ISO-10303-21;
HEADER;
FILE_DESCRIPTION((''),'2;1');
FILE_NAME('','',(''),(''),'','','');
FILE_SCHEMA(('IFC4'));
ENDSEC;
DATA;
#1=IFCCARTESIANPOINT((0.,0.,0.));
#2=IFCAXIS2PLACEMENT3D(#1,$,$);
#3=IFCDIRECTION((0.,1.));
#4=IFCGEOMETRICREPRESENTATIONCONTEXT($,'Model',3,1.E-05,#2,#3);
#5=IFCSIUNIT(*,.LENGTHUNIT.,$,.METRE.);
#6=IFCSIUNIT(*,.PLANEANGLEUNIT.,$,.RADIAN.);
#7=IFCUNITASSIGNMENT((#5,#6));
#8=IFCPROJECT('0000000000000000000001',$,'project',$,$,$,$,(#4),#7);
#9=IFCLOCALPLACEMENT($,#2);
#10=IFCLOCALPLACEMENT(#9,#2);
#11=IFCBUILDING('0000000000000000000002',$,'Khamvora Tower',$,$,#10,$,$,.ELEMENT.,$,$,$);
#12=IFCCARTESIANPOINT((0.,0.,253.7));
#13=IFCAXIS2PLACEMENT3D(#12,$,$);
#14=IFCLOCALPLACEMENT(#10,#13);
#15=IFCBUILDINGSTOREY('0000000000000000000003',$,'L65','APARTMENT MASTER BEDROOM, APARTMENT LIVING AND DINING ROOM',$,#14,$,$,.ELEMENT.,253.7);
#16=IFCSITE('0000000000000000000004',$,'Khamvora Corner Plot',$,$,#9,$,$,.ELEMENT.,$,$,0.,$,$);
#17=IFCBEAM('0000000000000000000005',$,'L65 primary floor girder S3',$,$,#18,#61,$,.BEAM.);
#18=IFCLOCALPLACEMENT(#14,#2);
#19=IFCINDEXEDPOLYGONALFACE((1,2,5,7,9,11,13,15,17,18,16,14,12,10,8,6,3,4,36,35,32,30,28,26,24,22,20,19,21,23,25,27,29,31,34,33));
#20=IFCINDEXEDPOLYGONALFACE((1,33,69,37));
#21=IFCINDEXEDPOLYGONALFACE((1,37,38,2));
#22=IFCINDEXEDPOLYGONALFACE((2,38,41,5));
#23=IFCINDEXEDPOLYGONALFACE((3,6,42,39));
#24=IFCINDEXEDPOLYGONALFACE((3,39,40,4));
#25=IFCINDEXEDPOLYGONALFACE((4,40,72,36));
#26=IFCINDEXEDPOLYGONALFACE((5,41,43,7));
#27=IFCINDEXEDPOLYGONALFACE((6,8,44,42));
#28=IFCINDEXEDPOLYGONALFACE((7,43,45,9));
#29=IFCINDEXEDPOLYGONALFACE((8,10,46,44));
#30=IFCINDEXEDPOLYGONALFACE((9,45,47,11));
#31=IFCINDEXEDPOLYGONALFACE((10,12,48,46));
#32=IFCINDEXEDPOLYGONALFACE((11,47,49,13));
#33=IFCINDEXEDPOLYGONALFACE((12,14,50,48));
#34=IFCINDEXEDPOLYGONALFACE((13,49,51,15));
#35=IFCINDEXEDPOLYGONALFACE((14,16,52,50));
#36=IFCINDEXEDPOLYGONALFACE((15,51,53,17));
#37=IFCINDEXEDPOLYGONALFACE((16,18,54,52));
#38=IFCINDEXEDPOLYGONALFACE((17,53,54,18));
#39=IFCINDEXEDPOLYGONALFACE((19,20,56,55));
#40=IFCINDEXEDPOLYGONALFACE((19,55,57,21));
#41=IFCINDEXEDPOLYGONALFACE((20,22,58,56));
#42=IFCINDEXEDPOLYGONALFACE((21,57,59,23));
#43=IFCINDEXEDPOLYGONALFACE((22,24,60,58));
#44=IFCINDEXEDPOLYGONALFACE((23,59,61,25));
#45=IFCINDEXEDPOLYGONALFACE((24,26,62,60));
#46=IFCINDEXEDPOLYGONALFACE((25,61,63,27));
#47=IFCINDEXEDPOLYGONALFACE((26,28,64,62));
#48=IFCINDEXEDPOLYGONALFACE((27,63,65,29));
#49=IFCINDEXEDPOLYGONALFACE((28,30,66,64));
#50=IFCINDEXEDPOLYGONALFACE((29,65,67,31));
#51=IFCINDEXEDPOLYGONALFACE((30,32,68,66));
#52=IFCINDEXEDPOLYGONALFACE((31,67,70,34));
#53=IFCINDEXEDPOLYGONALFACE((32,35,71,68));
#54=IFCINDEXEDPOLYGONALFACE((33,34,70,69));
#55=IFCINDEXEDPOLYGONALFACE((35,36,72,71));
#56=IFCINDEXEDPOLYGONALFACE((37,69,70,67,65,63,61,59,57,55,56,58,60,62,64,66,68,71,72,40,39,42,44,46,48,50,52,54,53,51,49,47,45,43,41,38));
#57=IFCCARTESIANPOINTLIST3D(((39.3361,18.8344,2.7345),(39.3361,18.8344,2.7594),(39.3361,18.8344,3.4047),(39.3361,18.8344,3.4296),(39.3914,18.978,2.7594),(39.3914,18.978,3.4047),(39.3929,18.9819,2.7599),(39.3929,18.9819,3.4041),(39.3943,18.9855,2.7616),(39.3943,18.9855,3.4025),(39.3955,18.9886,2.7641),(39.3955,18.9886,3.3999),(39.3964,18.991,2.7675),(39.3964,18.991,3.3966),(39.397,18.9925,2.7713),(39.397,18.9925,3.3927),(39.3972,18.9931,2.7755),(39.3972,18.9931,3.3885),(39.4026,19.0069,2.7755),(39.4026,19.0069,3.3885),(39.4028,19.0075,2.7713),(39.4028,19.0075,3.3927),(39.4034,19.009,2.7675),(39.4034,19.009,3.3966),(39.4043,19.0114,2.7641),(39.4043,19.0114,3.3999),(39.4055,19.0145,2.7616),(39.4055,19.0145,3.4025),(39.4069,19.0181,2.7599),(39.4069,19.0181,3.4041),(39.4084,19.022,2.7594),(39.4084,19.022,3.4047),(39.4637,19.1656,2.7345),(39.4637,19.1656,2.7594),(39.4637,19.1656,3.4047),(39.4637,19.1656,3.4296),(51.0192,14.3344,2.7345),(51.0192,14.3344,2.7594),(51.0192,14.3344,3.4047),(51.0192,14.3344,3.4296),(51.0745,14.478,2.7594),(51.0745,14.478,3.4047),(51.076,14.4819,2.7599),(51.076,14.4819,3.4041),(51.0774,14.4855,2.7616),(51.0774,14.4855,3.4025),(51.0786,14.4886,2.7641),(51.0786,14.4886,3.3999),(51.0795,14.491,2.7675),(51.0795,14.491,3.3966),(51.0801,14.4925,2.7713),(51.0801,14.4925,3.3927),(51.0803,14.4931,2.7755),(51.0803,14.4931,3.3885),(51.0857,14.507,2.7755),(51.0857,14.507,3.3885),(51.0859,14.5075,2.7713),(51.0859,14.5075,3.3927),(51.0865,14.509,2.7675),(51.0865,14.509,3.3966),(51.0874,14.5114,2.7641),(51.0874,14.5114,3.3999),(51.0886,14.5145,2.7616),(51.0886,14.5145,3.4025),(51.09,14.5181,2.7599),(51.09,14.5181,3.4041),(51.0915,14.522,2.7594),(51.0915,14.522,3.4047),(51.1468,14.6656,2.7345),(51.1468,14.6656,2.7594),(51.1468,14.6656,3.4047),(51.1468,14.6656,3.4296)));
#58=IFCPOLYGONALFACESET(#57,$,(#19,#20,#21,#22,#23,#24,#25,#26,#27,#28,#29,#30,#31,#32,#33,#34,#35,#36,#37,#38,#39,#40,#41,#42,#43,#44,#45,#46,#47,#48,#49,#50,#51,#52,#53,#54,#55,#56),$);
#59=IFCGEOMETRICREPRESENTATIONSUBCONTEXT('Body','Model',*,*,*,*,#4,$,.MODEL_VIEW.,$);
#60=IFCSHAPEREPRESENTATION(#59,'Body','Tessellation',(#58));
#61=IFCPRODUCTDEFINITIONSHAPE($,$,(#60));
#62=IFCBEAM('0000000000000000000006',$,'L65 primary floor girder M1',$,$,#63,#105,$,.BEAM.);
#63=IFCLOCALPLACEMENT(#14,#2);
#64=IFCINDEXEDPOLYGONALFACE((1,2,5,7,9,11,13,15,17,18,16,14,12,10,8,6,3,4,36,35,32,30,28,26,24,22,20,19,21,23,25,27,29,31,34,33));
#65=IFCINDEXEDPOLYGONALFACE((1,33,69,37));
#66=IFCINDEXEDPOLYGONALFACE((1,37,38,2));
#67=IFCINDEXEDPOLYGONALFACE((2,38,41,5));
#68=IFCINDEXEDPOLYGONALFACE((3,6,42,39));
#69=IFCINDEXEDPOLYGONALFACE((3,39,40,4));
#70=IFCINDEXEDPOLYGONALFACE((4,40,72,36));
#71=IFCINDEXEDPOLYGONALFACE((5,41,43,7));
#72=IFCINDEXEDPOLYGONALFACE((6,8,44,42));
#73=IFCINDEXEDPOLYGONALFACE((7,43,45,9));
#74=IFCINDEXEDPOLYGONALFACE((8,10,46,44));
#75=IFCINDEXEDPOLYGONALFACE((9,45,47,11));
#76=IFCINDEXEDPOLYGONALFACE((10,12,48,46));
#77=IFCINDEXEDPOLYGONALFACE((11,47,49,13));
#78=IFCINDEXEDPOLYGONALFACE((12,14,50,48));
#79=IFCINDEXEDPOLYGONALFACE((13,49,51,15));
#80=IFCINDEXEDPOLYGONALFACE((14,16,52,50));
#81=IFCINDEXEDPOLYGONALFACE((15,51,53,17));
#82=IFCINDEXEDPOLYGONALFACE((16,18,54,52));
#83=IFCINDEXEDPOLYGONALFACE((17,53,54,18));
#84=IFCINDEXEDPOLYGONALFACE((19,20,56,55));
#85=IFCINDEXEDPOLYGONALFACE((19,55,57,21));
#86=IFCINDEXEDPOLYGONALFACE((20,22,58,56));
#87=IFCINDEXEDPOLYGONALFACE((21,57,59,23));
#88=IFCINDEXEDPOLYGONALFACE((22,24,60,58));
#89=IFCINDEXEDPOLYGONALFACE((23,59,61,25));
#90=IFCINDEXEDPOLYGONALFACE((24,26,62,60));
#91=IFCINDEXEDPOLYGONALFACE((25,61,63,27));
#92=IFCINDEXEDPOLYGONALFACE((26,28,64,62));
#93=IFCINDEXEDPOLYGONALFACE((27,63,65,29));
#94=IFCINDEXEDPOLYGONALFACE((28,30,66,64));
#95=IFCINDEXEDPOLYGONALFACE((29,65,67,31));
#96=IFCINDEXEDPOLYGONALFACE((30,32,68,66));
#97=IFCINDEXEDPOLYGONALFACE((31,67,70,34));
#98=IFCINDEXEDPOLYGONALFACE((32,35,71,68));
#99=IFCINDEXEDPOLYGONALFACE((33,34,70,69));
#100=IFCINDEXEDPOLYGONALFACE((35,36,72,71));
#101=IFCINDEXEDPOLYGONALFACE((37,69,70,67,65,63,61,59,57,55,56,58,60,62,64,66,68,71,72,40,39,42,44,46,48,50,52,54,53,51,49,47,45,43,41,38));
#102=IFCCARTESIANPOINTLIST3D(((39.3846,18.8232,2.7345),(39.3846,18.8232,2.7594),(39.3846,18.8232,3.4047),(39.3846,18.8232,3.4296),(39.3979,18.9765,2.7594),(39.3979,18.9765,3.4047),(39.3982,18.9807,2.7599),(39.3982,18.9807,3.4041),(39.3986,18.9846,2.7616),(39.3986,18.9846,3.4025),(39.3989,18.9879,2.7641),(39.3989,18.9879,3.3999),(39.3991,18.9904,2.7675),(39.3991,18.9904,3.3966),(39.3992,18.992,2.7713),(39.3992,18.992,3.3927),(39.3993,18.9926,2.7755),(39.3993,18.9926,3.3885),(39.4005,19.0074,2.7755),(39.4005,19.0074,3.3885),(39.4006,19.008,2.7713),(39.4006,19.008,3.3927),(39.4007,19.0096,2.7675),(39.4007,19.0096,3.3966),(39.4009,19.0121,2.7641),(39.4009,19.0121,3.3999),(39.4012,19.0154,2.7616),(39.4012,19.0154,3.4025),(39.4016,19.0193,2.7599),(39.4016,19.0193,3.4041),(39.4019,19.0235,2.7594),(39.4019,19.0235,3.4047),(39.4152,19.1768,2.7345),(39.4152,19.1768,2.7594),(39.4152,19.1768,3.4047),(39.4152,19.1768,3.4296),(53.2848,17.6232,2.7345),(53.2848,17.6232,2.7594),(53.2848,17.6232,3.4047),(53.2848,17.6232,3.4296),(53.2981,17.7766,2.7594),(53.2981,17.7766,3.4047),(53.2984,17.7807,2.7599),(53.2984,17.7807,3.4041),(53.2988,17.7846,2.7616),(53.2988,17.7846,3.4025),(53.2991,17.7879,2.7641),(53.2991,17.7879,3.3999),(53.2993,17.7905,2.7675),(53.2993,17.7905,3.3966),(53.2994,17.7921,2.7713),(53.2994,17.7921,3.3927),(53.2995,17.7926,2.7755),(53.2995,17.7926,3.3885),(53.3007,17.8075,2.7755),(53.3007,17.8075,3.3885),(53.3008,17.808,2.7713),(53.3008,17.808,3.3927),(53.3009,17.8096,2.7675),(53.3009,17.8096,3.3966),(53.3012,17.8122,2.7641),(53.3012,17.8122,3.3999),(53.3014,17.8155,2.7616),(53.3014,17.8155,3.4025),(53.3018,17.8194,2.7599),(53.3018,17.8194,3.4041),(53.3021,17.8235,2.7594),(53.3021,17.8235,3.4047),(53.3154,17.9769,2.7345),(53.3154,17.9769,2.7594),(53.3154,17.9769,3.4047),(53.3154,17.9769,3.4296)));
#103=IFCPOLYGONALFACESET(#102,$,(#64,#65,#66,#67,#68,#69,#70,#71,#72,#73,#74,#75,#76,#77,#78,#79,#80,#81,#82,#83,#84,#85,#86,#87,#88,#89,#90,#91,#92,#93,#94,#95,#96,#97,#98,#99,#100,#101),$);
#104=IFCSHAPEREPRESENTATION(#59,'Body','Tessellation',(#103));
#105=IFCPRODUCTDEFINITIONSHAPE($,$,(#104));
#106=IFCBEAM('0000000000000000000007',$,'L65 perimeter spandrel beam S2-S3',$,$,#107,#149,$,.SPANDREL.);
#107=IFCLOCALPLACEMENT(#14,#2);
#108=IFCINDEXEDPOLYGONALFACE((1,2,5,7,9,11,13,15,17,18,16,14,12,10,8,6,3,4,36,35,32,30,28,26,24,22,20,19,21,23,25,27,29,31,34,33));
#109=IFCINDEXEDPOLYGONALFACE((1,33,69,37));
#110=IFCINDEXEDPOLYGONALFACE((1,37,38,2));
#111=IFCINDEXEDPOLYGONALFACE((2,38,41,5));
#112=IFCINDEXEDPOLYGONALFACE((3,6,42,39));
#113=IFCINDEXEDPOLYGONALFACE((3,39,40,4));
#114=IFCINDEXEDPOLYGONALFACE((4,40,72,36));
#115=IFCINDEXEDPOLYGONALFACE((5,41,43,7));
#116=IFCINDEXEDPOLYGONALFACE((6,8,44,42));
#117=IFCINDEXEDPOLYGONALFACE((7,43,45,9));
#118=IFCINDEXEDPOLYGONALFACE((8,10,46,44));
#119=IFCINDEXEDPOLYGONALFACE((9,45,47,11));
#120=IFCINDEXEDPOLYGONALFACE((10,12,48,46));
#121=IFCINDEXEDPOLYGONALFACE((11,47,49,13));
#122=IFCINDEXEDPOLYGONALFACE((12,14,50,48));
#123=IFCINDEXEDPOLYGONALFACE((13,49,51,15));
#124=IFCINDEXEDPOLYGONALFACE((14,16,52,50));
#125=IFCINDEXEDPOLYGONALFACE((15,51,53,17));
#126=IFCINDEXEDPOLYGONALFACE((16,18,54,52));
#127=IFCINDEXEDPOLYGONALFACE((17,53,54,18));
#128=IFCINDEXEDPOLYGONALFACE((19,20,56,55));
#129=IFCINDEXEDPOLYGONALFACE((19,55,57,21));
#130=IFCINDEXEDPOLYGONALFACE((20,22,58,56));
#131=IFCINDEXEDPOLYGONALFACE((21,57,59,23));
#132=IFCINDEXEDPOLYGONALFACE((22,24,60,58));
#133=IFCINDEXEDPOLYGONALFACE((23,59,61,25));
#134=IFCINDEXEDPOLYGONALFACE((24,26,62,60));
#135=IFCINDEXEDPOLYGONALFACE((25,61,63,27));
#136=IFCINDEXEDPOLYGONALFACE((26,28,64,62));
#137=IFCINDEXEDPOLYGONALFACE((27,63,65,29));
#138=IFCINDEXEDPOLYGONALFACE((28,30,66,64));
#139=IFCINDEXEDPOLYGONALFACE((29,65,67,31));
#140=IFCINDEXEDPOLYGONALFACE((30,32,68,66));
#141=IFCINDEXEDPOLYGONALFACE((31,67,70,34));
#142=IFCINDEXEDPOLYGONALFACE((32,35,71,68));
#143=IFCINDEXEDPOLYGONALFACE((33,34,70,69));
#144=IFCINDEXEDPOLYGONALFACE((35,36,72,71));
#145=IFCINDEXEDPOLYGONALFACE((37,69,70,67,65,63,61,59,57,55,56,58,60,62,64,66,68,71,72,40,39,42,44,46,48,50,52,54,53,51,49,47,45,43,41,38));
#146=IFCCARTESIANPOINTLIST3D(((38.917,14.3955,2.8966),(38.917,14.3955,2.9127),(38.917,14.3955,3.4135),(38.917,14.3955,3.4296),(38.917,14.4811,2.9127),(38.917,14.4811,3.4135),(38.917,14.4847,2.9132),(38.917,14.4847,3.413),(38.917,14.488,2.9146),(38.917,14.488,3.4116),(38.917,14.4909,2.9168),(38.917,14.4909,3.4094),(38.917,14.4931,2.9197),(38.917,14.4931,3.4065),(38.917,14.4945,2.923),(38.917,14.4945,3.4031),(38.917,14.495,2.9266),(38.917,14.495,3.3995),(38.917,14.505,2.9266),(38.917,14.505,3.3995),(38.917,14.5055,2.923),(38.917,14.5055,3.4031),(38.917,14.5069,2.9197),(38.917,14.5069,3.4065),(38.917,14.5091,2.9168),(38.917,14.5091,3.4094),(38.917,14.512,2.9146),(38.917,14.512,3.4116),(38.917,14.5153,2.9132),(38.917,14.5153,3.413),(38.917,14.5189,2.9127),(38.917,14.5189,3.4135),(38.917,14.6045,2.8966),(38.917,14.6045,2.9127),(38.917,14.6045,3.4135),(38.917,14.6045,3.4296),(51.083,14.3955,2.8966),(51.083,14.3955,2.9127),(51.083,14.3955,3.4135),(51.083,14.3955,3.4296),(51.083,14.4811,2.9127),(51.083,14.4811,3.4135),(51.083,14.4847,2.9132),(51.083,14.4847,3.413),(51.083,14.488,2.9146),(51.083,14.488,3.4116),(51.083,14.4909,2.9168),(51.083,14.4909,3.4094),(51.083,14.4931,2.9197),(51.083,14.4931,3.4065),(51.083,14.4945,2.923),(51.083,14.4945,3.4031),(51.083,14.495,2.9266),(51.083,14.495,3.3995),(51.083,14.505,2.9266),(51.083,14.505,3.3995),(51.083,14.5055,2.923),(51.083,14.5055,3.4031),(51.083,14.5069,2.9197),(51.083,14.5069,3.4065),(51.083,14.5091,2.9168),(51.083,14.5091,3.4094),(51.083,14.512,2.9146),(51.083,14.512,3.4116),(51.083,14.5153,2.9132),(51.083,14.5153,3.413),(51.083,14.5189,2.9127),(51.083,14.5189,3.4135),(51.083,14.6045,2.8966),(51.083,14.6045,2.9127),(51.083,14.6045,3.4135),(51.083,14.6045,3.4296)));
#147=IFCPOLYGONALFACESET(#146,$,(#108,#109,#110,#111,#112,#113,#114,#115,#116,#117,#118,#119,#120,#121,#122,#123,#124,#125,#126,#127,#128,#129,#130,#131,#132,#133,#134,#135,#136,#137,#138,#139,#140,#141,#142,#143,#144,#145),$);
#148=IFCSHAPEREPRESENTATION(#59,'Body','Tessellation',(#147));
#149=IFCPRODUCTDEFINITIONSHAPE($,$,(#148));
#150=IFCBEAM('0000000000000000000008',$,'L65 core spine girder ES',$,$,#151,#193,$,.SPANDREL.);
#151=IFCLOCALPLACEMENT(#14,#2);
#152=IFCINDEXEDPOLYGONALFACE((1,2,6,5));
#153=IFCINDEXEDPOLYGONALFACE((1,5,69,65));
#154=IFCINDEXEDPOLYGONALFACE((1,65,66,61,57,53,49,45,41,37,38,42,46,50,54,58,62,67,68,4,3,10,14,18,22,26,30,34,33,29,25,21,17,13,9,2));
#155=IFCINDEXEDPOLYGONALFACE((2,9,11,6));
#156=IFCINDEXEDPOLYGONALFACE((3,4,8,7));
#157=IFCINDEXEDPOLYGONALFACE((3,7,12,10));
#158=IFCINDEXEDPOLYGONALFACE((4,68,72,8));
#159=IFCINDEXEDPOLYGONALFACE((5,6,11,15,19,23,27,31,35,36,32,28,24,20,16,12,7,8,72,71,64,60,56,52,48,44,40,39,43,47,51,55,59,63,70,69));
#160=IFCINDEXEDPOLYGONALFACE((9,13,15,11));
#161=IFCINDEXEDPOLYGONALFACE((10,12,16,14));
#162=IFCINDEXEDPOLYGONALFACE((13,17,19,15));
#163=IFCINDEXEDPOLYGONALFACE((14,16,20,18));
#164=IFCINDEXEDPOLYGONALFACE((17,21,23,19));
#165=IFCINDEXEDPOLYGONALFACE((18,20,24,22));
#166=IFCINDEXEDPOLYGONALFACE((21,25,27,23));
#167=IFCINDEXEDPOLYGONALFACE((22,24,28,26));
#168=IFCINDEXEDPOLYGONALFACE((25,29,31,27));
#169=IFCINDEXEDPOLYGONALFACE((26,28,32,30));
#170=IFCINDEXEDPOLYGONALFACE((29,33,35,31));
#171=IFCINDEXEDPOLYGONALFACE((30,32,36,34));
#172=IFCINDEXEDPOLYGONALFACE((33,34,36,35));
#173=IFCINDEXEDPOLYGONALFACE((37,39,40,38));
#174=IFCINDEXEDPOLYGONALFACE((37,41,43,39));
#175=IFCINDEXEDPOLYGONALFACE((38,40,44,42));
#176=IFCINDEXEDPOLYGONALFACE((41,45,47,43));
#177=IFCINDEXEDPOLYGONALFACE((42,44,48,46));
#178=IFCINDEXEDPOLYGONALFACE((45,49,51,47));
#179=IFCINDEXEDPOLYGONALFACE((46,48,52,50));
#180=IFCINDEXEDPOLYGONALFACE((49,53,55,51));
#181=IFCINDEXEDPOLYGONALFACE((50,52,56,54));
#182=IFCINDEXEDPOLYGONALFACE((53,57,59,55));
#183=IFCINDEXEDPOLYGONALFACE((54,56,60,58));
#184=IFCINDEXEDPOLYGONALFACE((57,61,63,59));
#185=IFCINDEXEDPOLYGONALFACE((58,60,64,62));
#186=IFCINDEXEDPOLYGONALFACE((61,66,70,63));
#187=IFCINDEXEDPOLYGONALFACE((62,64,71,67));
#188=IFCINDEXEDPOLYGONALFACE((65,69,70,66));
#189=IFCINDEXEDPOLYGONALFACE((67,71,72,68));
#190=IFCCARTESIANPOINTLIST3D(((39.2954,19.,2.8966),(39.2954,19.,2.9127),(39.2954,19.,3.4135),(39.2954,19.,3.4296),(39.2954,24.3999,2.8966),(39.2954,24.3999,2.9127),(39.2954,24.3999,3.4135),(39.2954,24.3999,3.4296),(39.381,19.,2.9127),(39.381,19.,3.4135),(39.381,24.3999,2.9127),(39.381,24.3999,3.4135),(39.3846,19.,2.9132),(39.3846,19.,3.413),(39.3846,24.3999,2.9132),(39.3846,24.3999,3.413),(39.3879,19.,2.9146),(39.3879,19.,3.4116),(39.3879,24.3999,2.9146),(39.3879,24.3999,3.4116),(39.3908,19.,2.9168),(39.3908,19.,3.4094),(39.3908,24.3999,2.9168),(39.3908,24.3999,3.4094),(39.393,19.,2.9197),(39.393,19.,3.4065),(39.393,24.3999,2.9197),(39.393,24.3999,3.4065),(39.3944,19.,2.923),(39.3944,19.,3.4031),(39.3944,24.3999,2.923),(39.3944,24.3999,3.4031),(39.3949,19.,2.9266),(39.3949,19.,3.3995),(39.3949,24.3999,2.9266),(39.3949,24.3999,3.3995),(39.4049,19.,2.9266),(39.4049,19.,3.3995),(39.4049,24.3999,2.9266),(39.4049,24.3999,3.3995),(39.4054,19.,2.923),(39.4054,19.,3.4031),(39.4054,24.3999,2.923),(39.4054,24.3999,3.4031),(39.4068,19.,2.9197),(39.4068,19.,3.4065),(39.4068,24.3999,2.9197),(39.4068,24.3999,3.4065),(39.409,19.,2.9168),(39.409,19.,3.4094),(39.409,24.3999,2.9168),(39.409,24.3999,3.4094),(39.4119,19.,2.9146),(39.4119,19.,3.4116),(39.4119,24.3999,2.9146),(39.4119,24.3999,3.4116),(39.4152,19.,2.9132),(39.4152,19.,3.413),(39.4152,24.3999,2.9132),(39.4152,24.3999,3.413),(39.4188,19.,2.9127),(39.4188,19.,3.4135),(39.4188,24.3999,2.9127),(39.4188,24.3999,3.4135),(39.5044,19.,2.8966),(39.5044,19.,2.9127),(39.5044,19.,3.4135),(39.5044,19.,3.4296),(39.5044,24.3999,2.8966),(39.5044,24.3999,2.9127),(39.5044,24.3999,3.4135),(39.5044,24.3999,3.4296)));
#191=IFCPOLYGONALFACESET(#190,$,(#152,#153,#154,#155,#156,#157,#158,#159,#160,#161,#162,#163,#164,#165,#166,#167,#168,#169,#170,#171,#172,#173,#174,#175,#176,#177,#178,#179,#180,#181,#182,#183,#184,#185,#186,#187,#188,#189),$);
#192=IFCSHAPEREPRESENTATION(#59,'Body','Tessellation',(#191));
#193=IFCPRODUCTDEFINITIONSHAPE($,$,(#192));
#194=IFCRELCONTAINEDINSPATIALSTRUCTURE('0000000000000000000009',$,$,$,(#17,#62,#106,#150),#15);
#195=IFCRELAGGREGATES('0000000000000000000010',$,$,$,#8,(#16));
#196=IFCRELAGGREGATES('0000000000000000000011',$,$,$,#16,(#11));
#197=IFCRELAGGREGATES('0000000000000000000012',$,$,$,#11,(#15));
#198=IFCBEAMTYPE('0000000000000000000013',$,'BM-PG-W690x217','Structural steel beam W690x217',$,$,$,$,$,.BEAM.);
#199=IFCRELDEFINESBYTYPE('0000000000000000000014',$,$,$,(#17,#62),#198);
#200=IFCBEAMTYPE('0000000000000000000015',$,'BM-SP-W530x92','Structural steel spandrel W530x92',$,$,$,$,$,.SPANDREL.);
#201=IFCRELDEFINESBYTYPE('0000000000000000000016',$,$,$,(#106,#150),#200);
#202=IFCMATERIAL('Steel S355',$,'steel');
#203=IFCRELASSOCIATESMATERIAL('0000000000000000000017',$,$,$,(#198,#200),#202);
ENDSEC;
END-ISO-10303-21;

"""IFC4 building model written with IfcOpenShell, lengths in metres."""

from ifc_helpers import new_model, si_unit, direction, frame, origin, origin_2d, place, context, subcontext, project, spatial, i_section, extrude, material, material_profile, profile_set, type_object, element, save


model = new_model("IFC4")

# Units and contexts
model_context = context("Model", 3, precision=1e-05, world=origin(), true_north=direction((0.0, 1.0)))
body_context = subcontext(model_context, "Body", "Model", "MODEL_VIEW")
ifc_project = project(units=[si_unit("LENGTHUNIT", "METRE"), si_unit("PLANEANGLEUNIT", "RADIAN")], contexts=[model_context])

# Site, building, storey
site_placement = place(None, origin())
site = spatial("IfcSite", under=ifc_project, at=site_placement, Name="Khamvora Corner Plot", CompositionType="ELEMENT", RefElevation=0.0)
building_placement = place(site_placement, origin())
building = spatial("IfcBuilding", under=site, at=building_placement, Name="Khamvora Tower", CompositionType="ELEMENT")
storey_placement = place(building_placement, frame((0.0, 0.0, 253.7)))
storey = spatial("IfcBuildingStorey", under=building, at=storey_placement, Name="L65", Description="APARTMENT MASTER BEDROOM, APARTMENT LIVING AND DINING ROOM", CompositionType="ELEMENT", Elevation=253.7)

# Shared definitions
ifc_material_1 = material(Name="Steel S355", Category="steel")

# Beams
ifc_material_profile_1 = material_profile(ifc_material_1, i_section(OverallWidth=0.355, OverallDepth=0.6951, WebThickness=0.0149, FlangeThickness=0.0249, FilletRadius=0.0161, at=origin_2d()), Name="W690x217")
ifc_profile_set_1 = profile_set([ifc_material_profile_1], Name="Steel S355")
beam_type_1 = type_object("IfcBeamType", Name="BM-PG-W690x217", Description="Structural steel beam W690x217", PredefinedType="BEAM", material=ifc_profile_set_1)
beam_1_placement = place(storey_placement, frame((39.3999, 19.0, 3.082), z_axis=(0.933172, -0.359431, 0.0), x_axis=(0.359431, 0.933172, 0.0)))
element("IfcBeam", 1, at=beam_1_placement, inside=storey, type_object=beam_type_1, Name="L65 primary floor girder S3", PredefinedType="BEAM", context=body_context, shape_type="SweptSolid", body=[
    extrude(i_section(OverallWidth=0.355, OverallDepth=0.6951, WebThickness=0.0149, FlangeThickness=0.0249, FilletRadius=0.0161, at=origin_2d()), origin(), (0.0, 0.0, 1.0), 12.5198),
])
beam_2_placement = place(storey_placement, frame((39.3999, 19.0, 3.082), z_axis=(0.996295, -0.086007, 0.0), x_axis=(0.086007, 0.996295, 0.0)))
element("IfcBeam", 2, at=beam_2_placement, inside=storey, type_object=beam_type_1, Name="L65 primary floor girder M1", PredefinedType="BEAM", context=body_context, shape_type="SweptSolid", body=[
    extrude(i_section(OverallWidth=0.355, OverallDepth=0.6951, WebThickness=0.0149, FlangeThickness=0.0249, FilletRadius=0.0161, at=origin_2d()), origin(), (0.0, 0.0, 1.0), 13.9519),
])
ifc_material_profile_2 = material_profile(ifc_material_1, i_section(OverallWidth=0.209, OverallDepth=0.533, WebThickness=0.01, FlangeThickness=0.0161, FilletRadius=0.0139, at=origin_2d()), Name="W530x92")
ifc_profile_set_2 = profile_set([ifc_material_profile_2], Name="Steel S355")
beam_type_2 = type_object("IfcBeamType", Name="BM-SP-W530x92", Description="Structural steel spandrel W530x92", PredefinedType="SPANDREL", material=ifc_profile_set_2)
beam_3_placement = place(storey_placement, frame((38.917, 14.5, 3.1631), z_axis=(1.0, 0.0, 0.0), x_axis=(0.0, 1.0, 0.0)))
element("IfcBeam", 3, at=beam_3_placement, inside=storey, type_object=beam_type_2, Name="L65 perimeter spandrel beam S2-S3", PredefinedType="SPANDREL", context=body_context, shape_type="SweptSolid", body=[
    extrude(i_section(OverallWidth=0.209, OverallDepth=0.533, WebThickness=0.01, FlangeThickness=0.0161, FilletRadius=0.0139, at=origin_2d()), origin(), (0.0, 0.0, 1.0), 12.166),
])
beam_4_placement = place(storey_placement, frame((39.3999, 19.0, 3.1631), z_axis=(0.0, 1.0, 0.0), x_axis=(-1.0, 0.0, 0.0)))
element("IfcBeam", 4, at=beam_4_placement, inside=storey, type_object=beam_type_2, Name="L65 core spine girder ES", PredefinedType="SPANDREL", context=body_context, shape_type="SweptSolid", body=[
    extrude(i_section(OverallWidth=0.209, OverallDepth=0.533, WebThickness=0.01, FlangeThickness=0.0161, FilletRadius=0.0139, at=origin_2d()), origin(), (0.0, 0.0, 1.0), 5.3999),
])

save(model, "model.ifc")
